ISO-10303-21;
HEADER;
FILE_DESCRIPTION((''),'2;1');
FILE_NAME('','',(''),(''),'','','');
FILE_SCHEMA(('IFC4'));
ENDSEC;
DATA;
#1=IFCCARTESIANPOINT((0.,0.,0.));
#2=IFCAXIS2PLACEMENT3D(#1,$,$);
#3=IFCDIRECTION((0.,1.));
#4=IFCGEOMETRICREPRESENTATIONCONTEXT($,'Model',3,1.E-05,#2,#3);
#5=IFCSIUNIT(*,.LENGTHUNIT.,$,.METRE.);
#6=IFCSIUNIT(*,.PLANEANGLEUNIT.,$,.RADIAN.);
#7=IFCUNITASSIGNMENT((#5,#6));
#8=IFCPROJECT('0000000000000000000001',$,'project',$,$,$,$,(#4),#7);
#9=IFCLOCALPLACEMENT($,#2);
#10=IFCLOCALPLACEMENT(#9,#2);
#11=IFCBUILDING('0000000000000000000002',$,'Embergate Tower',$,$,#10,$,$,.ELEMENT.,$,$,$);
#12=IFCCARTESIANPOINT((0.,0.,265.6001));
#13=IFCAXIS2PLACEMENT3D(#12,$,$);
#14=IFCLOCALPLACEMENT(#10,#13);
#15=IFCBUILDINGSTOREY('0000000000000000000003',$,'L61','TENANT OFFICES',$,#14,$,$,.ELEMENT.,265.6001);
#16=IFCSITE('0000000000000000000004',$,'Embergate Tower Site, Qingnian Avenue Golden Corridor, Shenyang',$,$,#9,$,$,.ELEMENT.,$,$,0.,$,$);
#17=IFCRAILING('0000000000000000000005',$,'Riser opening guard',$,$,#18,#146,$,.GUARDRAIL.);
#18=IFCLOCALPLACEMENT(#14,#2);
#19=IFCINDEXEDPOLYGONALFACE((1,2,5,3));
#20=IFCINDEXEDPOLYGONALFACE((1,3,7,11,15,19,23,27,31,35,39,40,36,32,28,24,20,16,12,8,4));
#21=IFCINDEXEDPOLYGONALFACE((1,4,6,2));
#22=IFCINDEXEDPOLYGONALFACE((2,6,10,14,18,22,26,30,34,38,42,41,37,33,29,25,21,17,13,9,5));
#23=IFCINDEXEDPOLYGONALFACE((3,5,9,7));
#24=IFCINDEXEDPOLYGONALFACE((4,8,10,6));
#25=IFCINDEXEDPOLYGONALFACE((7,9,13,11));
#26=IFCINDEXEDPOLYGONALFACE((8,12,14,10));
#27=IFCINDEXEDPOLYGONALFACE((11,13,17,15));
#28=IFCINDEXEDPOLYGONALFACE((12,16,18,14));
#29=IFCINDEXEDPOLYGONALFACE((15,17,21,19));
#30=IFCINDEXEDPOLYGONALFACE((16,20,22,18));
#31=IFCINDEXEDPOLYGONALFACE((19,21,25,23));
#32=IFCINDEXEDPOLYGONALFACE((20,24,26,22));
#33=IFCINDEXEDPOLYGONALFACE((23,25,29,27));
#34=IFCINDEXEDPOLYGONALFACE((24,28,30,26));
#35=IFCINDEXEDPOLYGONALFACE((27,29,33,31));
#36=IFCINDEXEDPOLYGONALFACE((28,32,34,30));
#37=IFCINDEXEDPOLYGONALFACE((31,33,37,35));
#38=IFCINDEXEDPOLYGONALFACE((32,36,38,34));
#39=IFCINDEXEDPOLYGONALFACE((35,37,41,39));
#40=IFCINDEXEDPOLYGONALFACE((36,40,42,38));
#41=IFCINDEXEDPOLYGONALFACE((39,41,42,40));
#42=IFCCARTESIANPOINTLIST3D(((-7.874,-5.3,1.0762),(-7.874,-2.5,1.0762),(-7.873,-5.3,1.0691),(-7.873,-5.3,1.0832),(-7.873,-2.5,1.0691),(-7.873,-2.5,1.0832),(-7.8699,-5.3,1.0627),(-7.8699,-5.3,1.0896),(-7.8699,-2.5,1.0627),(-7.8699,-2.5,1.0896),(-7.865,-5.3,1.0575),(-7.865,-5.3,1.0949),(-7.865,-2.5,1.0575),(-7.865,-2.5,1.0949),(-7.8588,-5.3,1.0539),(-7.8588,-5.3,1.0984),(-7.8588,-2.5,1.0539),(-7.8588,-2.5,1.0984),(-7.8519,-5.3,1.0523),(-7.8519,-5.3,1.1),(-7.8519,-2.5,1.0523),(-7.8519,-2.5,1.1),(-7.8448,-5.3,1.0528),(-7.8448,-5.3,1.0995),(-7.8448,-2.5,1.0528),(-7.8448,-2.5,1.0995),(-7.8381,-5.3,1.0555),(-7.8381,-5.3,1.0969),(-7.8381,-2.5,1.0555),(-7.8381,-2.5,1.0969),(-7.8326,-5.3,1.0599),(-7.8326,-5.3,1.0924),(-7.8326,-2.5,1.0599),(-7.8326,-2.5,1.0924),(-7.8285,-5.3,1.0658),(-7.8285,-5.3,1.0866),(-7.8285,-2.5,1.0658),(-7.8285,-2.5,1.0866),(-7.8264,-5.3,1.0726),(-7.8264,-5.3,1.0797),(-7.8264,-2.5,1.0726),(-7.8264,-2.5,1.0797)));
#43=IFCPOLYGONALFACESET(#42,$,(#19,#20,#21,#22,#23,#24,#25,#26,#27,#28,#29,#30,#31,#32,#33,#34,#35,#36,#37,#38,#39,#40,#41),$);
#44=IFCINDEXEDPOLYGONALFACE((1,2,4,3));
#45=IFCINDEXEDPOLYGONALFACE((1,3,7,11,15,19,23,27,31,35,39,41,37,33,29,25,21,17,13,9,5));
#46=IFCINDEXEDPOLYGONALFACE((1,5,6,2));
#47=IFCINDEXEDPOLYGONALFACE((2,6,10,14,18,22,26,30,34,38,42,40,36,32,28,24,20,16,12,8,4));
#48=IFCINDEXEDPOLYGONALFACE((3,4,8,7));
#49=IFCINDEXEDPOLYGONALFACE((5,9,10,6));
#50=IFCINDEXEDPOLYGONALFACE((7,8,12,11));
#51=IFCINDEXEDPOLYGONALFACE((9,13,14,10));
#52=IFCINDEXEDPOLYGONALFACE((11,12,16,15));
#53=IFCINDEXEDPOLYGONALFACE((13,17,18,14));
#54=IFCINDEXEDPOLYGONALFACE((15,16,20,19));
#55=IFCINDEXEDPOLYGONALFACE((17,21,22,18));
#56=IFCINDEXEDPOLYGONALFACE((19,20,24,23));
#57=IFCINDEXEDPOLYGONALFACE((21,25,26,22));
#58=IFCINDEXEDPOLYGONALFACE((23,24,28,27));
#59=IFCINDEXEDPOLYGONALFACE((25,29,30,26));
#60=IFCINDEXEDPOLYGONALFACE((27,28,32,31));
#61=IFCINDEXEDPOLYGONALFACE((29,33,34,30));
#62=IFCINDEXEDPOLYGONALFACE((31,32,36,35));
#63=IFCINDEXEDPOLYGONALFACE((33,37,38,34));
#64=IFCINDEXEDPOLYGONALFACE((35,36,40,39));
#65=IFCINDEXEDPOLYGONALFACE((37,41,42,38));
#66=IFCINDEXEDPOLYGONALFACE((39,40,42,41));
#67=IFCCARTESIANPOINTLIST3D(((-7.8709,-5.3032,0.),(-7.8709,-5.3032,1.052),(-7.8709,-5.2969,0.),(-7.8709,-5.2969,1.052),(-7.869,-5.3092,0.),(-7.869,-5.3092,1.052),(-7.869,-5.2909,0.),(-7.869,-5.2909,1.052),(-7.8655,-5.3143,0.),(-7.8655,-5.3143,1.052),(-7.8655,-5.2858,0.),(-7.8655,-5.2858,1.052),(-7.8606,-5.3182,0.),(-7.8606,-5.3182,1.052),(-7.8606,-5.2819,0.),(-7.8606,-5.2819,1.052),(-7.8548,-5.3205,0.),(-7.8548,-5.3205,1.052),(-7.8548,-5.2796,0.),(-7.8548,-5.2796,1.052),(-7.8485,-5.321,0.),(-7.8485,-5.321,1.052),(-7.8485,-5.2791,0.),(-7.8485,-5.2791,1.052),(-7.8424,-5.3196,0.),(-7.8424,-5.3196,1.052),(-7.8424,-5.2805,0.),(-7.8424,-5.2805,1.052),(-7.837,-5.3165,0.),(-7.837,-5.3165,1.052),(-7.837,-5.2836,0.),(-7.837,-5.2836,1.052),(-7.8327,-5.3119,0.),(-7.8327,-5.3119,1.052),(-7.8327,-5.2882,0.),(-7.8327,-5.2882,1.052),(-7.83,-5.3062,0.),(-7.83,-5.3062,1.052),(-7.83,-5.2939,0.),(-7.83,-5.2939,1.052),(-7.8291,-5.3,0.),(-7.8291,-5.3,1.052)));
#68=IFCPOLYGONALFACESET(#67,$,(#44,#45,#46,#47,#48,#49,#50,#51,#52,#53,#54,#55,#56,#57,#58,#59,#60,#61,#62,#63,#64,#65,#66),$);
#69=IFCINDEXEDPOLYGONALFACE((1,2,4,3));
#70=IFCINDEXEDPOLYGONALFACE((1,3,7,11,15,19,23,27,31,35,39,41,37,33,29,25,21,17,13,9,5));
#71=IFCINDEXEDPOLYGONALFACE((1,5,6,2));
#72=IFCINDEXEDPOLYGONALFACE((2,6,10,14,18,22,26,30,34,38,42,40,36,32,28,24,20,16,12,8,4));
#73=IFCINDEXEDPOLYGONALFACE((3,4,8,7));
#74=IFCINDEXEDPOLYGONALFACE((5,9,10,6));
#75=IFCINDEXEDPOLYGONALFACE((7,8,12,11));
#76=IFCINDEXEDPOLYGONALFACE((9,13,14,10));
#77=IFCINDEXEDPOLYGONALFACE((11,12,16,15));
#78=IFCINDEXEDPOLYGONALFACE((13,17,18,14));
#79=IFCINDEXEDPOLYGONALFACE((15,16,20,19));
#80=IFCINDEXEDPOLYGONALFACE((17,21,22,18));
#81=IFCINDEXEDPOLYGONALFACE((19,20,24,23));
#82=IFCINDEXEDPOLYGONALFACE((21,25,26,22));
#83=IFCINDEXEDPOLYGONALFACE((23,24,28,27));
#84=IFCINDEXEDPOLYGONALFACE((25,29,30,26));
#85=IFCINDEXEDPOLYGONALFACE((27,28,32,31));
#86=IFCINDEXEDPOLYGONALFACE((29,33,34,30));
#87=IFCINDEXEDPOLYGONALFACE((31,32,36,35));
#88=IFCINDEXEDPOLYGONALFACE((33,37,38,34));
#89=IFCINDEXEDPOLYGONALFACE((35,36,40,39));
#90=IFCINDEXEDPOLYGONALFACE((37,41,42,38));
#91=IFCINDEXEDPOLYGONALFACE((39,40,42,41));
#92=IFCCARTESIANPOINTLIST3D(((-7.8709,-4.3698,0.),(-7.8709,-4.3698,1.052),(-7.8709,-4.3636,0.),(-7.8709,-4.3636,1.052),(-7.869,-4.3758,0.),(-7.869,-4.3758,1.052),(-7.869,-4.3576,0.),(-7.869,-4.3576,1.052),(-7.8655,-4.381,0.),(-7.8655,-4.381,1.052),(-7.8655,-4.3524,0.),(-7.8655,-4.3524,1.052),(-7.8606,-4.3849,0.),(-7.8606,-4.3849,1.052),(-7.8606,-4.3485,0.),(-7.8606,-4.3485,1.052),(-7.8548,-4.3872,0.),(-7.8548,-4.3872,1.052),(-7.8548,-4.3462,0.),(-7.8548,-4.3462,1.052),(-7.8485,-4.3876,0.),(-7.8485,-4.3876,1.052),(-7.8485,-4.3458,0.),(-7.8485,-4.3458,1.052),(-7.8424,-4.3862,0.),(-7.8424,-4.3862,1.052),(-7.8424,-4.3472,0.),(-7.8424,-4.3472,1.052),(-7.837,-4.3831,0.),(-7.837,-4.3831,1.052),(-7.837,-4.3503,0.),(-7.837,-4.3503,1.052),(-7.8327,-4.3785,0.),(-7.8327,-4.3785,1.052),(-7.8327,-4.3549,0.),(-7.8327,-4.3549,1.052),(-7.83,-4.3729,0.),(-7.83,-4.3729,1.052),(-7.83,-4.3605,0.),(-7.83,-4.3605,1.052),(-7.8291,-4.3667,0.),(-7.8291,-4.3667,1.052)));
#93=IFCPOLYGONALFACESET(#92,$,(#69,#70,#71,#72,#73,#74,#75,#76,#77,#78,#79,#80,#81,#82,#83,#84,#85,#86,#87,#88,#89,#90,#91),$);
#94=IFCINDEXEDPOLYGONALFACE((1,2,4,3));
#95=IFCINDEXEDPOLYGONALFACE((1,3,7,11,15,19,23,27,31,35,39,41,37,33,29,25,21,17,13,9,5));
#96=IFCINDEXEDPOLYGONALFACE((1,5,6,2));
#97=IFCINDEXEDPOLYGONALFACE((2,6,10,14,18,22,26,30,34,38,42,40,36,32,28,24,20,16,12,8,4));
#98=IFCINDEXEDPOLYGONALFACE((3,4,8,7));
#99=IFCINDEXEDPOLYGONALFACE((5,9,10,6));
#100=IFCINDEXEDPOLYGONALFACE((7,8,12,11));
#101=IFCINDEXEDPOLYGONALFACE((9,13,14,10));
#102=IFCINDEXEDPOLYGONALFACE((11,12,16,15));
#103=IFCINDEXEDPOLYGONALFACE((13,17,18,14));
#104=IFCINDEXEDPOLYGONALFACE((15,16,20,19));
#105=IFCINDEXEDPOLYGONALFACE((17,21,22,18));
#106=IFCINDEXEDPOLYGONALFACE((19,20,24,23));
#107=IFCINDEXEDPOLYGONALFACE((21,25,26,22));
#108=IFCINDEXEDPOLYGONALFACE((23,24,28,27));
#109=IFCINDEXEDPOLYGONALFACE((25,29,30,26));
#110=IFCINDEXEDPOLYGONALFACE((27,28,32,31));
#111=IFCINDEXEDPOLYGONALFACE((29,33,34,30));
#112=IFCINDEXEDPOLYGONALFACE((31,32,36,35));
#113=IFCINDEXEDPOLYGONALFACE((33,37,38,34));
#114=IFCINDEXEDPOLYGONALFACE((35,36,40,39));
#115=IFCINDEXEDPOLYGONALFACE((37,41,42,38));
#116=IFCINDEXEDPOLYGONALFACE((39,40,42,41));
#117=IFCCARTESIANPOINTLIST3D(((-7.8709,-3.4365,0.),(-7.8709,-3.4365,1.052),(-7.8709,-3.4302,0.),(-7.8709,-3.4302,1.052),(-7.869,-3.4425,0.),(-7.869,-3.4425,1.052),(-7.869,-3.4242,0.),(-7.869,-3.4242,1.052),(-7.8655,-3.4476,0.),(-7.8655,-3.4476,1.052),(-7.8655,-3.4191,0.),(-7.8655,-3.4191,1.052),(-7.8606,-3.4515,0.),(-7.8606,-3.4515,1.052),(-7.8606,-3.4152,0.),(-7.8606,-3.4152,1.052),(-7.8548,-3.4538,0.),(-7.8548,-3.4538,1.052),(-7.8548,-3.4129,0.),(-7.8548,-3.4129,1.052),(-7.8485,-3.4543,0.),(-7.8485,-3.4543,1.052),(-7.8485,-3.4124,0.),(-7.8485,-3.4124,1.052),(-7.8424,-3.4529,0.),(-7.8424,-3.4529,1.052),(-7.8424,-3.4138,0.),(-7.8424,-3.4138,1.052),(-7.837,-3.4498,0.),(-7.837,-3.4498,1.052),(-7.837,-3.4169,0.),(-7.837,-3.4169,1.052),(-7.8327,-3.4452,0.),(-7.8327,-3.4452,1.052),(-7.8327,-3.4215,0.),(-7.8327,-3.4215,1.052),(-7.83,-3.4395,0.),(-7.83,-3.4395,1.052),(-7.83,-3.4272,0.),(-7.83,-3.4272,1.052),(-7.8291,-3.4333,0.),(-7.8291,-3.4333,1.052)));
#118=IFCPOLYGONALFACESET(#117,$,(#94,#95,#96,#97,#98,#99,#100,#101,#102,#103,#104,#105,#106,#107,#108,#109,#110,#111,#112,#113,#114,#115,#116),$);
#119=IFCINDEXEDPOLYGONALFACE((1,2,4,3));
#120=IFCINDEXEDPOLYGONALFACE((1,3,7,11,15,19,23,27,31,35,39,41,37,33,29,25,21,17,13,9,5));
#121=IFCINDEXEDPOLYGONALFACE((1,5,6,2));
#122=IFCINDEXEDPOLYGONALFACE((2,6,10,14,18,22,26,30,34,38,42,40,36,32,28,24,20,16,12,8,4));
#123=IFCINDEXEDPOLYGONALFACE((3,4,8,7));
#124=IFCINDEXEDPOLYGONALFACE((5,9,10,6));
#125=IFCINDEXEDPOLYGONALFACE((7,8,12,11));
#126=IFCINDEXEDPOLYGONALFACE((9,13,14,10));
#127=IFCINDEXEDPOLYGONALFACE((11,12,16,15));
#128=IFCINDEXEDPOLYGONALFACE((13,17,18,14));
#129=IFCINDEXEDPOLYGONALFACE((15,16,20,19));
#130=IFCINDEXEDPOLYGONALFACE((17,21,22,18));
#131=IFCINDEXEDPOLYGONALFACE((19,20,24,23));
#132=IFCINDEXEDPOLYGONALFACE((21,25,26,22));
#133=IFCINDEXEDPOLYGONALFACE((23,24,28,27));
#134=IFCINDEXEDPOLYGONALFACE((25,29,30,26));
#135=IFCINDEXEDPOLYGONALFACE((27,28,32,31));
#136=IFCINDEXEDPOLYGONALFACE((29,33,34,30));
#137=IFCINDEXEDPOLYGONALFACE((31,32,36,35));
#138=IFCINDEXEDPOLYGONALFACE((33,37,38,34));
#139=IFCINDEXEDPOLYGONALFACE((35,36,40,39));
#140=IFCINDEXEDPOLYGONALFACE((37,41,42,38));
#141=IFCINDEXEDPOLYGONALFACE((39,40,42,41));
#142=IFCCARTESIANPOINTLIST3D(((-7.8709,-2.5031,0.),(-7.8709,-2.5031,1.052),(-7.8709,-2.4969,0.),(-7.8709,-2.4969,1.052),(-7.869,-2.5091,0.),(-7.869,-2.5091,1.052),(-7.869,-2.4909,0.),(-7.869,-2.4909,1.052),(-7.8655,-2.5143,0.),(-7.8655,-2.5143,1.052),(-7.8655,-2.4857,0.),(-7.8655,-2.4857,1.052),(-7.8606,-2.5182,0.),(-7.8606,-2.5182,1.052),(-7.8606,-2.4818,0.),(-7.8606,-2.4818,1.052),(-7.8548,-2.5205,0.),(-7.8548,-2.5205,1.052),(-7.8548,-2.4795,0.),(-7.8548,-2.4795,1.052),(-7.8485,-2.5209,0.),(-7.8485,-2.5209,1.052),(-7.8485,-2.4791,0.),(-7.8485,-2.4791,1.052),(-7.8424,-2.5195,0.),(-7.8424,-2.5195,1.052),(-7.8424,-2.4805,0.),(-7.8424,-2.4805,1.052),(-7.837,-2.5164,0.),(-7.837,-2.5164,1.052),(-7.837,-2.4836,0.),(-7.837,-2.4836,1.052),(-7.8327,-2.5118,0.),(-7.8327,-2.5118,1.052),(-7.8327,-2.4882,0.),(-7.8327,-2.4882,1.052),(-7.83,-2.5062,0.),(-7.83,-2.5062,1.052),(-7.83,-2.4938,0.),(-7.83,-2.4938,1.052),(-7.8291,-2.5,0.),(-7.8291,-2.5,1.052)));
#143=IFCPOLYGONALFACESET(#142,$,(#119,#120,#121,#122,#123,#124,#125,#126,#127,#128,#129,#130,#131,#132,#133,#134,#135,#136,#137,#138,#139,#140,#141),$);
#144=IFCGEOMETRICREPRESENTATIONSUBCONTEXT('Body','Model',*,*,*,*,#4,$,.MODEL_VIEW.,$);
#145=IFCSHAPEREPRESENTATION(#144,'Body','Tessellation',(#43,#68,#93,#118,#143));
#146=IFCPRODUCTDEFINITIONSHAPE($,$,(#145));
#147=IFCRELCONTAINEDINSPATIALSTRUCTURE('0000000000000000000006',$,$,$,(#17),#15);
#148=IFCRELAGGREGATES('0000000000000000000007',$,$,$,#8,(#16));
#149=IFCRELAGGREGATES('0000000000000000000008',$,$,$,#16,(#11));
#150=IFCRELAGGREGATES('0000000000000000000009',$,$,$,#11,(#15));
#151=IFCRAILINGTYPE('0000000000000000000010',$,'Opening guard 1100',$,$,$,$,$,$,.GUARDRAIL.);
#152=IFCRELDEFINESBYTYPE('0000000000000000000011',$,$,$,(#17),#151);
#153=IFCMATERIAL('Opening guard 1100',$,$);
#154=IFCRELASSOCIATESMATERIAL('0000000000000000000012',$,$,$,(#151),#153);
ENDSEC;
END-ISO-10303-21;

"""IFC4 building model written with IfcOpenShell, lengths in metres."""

from ifc_helpers import new_model, si_unit, direction, frame, origin, origin_2d, place, context, subcontext, project, spatial, circle, extrude, source, transform, mapped, material, type_object, element, save


model = new_model("IFC4")

# Units and contexts
model_context = context("Model", 3, precision=1e-05, world=origin(), true_north=direction((0.0, 1.0)))
body_context = subcontext(model_context, "Body", "Model", "MODEL_VIEW")
ifc_project = project(units=[si_unit("LENGTHUNIT", "METRE"), si_unit("PLANEANGLEUNIT", "RADIAN")], contexts=[model_context])

# Site, building, storey
site_placement = place(None, origin())
site = spatial("IfcSite", under=ifc_project, at=site_placement, Name="Embergate Tower Site, Qingnian Avenue Golden Corridor, Shenyang", CompositionType="ELEMENT", RefElevation=0.0)
building_placement = place(site_placement, origin())
building = spatial("IfcBuilding", under=site, at=building_placement, Name="Embergate Tower", CompositionType="ELEMENT")
storey_placement = place(building_placement, frame((0.0, 0.0, 265.6001)))
storey = spatial("IfcBuildingStorey", under=building, at=storey_placement, Name="L61", Description="TENANT OFFICES", CompositionType="ELEMENT", Elevation=265.6001)

# Railing
ifc_material_1 = material(Name="Opening guard 1100")
railing_type_1 = type_object("IfcRailingType", Name="Opening guard 1100", PredefinedType="GUARDRAIL", material=ifc_material_1)
shared_shape_1 = source(origin(), body_context, "Body", "SweptSolid", [
    extrude(circle(Radius=0.0239, at=origin_2d()), frame((0.0, 0.0, 1.0762), z_axis=(0.0, 1.0, 0.0), x_axis=(-1.0, 0.0, 0.0)), (0.0, 0.0, 1.0), 2.8),
    extrude(circle(Radius=0.021, at=origin_2d()), origin(), (0.0, 0.0, 1.0), 1.052),
    extrude(circle(Radius=0.021, at=origin_2d()), frame((0.0, 0.9333, 0.0)), (0.0, 0.0, 1.0), 1.052),
    extrude(circle(Radius=0.021, at=origin_2d()), frame((0.0, 1.8667, 0.0)), (0.0, 0.0, 1.0), 1.052),
    extrude(circle(Radius=0.021, at=origin_2d()), frame((0.0, 2.8, 0.0)), (0.0, 0.0, 1.0), 1.052),
])
railing_1_placement = place(storey_placement, frame((-7.8501, -5.3, 0.0)))
element("IfcRailing", 1, at=railing_1_placement, inside=storey, type_object=railing_type_1, Name="Riser opening guard", PredefinedType="GUARDRAIL", context=body_context, shape_type="MappedRepresentation", body=[
    mapped(shared_shape_1, transform((0.0, 0.0, 0.0))),
])

save(model, "model.ifc")
